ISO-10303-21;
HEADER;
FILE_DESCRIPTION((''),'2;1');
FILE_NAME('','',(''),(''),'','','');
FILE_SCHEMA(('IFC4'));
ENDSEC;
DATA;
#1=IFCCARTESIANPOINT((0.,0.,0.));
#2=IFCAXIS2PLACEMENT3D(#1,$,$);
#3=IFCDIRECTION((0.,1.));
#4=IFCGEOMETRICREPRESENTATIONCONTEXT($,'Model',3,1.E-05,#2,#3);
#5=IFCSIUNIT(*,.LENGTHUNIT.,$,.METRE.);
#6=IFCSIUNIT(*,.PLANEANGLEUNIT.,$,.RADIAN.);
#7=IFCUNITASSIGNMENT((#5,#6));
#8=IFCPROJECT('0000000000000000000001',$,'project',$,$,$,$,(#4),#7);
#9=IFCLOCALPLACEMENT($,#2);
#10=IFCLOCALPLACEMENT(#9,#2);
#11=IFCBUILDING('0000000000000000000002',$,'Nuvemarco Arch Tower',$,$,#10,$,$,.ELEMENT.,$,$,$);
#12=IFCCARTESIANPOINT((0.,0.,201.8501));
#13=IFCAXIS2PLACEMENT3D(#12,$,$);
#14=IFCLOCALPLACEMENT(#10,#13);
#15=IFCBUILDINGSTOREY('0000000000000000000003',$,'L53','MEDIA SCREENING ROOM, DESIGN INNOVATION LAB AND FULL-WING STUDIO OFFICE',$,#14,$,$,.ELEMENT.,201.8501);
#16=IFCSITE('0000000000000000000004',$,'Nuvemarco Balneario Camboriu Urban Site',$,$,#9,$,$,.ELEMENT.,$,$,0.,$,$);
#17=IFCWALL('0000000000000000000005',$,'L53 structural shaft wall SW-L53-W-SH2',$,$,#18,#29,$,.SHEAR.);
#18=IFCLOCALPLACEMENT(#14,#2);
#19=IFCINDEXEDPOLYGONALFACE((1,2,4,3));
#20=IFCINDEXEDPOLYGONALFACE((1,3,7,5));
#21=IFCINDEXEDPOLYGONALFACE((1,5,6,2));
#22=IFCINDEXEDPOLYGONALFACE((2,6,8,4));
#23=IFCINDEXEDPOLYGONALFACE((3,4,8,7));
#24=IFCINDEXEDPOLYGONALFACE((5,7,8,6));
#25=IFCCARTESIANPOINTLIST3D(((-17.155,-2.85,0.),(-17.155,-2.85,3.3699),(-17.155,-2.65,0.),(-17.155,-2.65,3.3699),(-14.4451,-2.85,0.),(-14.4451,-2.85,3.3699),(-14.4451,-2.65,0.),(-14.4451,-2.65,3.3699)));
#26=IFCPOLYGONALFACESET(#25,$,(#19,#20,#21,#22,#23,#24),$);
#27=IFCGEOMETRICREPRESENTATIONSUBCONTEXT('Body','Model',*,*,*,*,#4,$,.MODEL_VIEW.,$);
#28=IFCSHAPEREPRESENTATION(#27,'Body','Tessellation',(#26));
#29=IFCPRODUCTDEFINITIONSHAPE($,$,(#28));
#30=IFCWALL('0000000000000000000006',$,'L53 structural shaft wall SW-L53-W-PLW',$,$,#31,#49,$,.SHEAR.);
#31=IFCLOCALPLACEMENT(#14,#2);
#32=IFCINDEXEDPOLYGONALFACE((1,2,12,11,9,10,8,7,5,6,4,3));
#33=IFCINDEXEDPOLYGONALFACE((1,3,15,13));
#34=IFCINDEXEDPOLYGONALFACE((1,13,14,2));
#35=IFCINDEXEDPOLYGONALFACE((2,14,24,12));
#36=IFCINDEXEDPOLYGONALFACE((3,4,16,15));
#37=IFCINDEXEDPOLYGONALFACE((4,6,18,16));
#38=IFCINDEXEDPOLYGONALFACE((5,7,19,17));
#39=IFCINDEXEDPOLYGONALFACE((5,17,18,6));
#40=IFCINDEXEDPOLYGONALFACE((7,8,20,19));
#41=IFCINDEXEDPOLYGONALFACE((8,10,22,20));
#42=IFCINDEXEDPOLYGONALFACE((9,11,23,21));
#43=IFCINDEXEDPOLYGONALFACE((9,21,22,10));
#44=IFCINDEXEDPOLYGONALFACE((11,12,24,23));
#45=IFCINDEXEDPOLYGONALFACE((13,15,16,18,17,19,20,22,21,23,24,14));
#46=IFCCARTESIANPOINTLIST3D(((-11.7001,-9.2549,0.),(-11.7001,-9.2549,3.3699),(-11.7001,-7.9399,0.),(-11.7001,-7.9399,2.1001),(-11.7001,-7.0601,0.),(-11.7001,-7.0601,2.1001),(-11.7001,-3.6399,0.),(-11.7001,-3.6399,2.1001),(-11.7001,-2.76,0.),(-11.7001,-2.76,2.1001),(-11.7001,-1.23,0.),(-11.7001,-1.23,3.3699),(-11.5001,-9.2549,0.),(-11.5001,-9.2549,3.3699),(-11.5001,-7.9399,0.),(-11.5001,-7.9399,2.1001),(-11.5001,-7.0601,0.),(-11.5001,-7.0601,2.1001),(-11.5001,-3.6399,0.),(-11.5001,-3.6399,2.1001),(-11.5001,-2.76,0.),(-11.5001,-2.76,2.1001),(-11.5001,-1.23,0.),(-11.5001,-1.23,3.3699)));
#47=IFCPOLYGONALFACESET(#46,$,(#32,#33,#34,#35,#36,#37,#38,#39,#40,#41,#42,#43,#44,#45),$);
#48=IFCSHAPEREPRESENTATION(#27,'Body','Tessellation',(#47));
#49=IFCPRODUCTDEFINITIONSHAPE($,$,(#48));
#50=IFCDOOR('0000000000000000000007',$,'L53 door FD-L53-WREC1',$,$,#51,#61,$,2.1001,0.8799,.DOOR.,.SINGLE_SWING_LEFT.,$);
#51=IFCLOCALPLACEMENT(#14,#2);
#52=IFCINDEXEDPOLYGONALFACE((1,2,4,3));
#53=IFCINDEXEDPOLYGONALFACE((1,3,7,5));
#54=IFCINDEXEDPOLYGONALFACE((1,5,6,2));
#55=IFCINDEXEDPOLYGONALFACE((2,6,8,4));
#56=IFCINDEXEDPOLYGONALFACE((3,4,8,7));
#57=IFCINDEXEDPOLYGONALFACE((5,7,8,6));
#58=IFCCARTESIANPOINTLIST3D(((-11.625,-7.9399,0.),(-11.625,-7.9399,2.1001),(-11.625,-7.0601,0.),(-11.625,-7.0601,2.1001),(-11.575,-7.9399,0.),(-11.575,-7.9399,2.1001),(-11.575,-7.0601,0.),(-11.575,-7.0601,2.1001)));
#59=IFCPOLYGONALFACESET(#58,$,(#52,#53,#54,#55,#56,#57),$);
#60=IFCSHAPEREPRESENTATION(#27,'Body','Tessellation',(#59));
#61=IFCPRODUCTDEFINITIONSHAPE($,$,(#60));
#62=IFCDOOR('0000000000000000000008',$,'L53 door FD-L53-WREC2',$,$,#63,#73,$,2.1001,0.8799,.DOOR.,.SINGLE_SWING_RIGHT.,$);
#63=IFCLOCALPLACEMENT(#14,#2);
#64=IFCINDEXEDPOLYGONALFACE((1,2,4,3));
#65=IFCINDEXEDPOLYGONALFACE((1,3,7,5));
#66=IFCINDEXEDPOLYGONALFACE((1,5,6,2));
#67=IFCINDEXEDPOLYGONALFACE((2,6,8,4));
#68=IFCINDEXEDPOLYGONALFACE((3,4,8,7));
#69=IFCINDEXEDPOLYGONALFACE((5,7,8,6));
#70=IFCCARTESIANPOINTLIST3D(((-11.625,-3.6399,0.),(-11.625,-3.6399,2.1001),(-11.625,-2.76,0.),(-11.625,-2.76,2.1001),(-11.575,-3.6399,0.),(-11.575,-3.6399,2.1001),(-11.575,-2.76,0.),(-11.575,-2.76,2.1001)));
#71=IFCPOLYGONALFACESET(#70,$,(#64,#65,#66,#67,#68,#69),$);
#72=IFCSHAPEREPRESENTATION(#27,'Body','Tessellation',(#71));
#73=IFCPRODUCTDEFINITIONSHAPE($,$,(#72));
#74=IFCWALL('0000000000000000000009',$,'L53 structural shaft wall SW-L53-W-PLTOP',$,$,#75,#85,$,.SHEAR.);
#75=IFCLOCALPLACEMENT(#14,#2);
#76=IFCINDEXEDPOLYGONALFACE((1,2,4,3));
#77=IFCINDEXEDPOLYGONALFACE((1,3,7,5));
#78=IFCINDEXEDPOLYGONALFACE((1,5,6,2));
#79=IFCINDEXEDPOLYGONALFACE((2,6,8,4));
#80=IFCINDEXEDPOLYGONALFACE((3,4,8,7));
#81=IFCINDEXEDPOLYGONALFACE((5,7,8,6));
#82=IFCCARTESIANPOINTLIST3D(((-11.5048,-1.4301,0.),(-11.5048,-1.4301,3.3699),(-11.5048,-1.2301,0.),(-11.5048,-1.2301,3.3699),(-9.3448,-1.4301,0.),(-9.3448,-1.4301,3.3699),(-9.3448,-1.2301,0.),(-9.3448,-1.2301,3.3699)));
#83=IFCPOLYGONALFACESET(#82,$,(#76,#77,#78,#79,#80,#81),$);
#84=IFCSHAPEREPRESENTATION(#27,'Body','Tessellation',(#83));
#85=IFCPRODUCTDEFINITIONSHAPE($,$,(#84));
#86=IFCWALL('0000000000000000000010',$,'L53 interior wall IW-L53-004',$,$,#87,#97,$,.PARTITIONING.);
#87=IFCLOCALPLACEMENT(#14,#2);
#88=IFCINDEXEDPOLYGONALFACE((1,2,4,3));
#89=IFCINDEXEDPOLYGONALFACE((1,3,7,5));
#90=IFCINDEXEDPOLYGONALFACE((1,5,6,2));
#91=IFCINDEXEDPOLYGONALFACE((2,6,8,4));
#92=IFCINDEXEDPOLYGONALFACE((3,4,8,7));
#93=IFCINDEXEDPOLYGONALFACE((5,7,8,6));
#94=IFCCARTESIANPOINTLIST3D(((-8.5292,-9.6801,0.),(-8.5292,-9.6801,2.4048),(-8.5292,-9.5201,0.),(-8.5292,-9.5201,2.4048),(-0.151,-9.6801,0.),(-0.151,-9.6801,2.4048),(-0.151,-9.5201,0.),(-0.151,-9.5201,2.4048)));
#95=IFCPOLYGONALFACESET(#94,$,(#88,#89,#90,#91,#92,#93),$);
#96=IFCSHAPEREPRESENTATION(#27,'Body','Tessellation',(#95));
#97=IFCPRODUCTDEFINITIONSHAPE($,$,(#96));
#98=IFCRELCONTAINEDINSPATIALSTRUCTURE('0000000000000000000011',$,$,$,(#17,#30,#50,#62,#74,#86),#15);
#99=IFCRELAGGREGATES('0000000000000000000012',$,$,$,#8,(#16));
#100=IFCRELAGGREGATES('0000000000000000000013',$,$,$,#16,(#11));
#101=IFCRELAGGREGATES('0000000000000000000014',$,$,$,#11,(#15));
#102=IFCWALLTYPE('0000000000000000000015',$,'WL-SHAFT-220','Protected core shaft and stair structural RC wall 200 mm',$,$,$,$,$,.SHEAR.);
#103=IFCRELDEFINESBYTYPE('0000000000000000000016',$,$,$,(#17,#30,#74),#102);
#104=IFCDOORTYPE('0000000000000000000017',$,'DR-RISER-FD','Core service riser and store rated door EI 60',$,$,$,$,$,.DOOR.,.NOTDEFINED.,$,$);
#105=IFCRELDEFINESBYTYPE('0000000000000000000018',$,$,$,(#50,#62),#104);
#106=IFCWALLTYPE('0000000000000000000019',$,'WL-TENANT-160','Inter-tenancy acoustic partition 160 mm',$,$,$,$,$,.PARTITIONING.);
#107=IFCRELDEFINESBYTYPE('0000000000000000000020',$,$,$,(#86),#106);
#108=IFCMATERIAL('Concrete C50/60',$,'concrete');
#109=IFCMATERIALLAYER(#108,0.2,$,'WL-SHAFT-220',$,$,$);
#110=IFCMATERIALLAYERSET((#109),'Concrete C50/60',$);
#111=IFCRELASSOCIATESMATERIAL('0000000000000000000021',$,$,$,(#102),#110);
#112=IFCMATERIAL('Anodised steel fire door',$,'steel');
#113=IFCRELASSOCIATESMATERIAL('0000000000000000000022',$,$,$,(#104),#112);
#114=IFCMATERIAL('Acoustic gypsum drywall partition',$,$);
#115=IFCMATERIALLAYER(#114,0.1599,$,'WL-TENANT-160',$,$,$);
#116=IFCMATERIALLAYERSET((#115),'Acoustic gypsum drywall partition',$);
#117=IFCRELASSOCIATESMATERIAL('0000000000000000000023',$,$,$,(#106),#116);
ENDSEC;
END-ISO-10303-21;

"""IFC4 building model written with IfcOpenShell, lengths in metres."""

from ifc_helpers import new_model, si_unit, direction, frame, frame_2d, origin, place, context, subcontext, project, spatial, rectangle, extrude, source, transform, mapped, material, layer, layer_set, type_object, type_shapes, element, fill, save


model = new_model("IFC4")

# Units and contexts
model_context = context("Model", 3, precision=1e-05, world=origin(), true_north=direction((0.0, 1.0)))
body_context = subcontext(model_context, "Body", "Model", "MODEL_VIEW")
ifc_project = project(units=[si_unit("LENGTHUNIT", "METRE"), si_unit("PLANEANGLEUNIT", "RADIAN")], contexts=[model_context])

# Site, building, storey
site_placement = place(None, origin())
site = spatial("IfcSite", under=ifc_project, at=site_placement, Name="Nuvemarco Balneario Camboriu Urban Site", CompositionType="ELEMENT", RefElevation=0.0)
building_placement = place(site_placement, origin())
building = spatial("IfcBuilding", under=site, at=building_placement, Name="Nuvemarco Arch Tower", CompositionType="ELEMENT")
storey_placement = place(building_placement, frame((0.0, 0.0, 201.8501)))
storey = spatial("IfcBuildingStorey", under=building, at=storey_placement, Name="L53", Description="MEDIA SCREENING ROOM, DESIGN INNOVATION LAB AND FULL-WING STUDIO OFFICE", CompositionType="ELEMENT", Elevation=201.8501)

# Shared definitions
ifc_material_1 = material(Name="Concrete C50/60", Category="concrete")

# Shared definitions
ifc_material_2 = material(Name="Anodised steel fire door", Category="steel")

# Shared definitions
ifc_layer_1 = layer(ifc_material_1, 0.2, Name="WL-SHAFT-220")
ifc_layer_set_1 = layer_set([ifc_layer_1], Name="Concrete C50/60")
wall_type_1 = type_object("IfcWallType", Name="WL-SHAFT-220", Description="Protected core shaft and stair structural RC wall 200 mm", PredefinedType="SHEAR", material=ifc_layer_set_1)

# Shared definitions
door_type_1 = type_object("IfcDoorType", Name="DR-RISER-FD", Description="Core service riser and store rated door EI 60", OperationType="NOTDEFINED", PredefinedType="DOOR", material=ifc_material_2)
shared_shape_1 = source(origin(), body_context, "Body", "SweptSolid", [
    extrude(rectangle(XDim=0.8799, YDim=2.1001, at=frame_2d((0.4399, 1.05))), frame((0.0, 0.0249, 0.0), z_axis=(0.0, -1.0, 0.0), x_axis=(1.0, 0.0, 0.0)), (0.0, 0.0, 1.0), 0.05),
])
type_shapes(door_type_1, [shared_shape_1])

# Wall
wall_1_placement = place(storey_placement, frame((-17.155, -2.75, 0.0), z_axis=(0.0, 0.0, 1.0), x_axis=(1.0, 0.0, 0.0)))
element("IfcWall", 1, at=wall_1_placement, inside=storey, type_object=wall_type_1, Name="L53 structural shaft wall SW-L53-W-SH2", PredefinedType="SHEAR", context=body_context, shape_type="SweptSolid", body=[
    extrude(rectangle(XDim=2.71, YDim=0.2, at=frame_2d((1.355, 0.0))), origin(), (0.0, 0.0, 1.0), 3.3699),
])

# Wall, openings, doors
wall_2_placement = place(storey_placement, frame((-11.6001, -9.2549, 0.0), z_axis=(0.0, 0.0, 1.0), x_axis=(0.0, 1.0, 0.0)))
wall_2 = element("IfcWall", 2, at=wall_2_placement, inside=storey, type_object=wall_type_1, Name="L53 structural shaft wall SW-L53-W-PLW", PredefinedType="SHEAR", context=body_context, shape_type="SweptSolid", body=[
    extrude(rectangle(XDim=8.0249, YDim=0.2, at=frame_2d((4.0125, 0.0))), origin(), (0.0, 0.0, 1.0), 3.3699),
])
opening_1_placement = place(wall_2_placement, frame((1.3149, 0.0, 0.0)))
opening_1 = element("IfcOpeningElement", 3, at=opening_1_placement, cuts=wall_2, PredefinedType="OPENING", context=body_context, shape_type="SweptSolid", body=[
    extrude(rectangle(XDim=0.8799, YDim=2.1001, at=frame_2d((0.4399, 1.05))), frame((0.0, 0.1099, 0.0), z_axis=(0.0, -1.0, 0.0), x_axis=(1.0, 0.0, 0.0)), (0.0, 0.0, 1.0), 0.22),
])
opening_2_placement = place(wall_2_placement, frame((5.615, 0.0, 0.0)))
opening_2 = element("IfcOpeningElement", 4, at=opening_2_placement, cuts=wall_2, PredefinedType="OPENING", context=body_context, shape_type="SweptSolid", body=[
    extrude(rectangle(XDim=0.8799, YDim=2.1001, at=frame_2d((0.4399, 1.05))), frame((0.0, 0.1099, 0.0), z_axis=(0.0, -1.0, 0.0), x_axis=(1.0, 0.0, 0.0)), (0.0, 0.0, 1.0), 0.22),
])
door_1_placement = place(opening_1_placement, origin())
door_1 = element("IfcDoor", 5, at=door_1_placement, inside=storey, type_object=door_type_1, Name="L53 door FD-L53-WREC1", OperationType="SINGLE_SWING_LEFT", OverallHeight=2.1001, OverallWidth=0.8799, PredefinedType="DOOR", context=body_context, shape_type="MappedRepresentation", body=[
    mapped(shared_shape_1, transform((0.0, 0.0, 0.0), scale=1.0)),
])
fill(opening_1, door_1)
door_2_placement = place(opening_2_placement, origin())
door_2 = element("IfcDoor", 6, at=door_2_placement, inside=storey, type_object=door_type_1, Name="L53 door FD-L53-WREC2", OperationType="SINGLE_SWING_RIGHT", OverallHeight=2.1001, OverallWidth=0.8799, PredefinedType="DOOR", context=body_context, shape_type="MappedRepresentation", body=[
    mapped(shared_shape_1, transform((0.0, 0.0, 0.0), scale=1.0)),
])
fill(opening_2, door_2)

# Walls
wall_3_placement = place(storey_placement, frame((-11.5049, -1.3301, 0.0), z_axis=(0.0, 0.0, 1.0), x_axis=(1.0, 0.0, 0.0)))
element("IfcWall", 7, at=wall_3_placement, inside=storey, type_object=wall_type_1, Name="L53 structural shaft wall SW-L53-W-PLTOP", PredefinedType="SHEAR", context=body_context, shape_type="SweptSolid", body=[
    extrude(rectangle(XDim=2.1599, YDim=0.2, at=frame_2d((1.0801, 0.0))), origin(), (0.0, 0.0, 1.0), 3.3699),
])
ifc_material_3 = material(Name="Acoustic gypsum drywall partition")
ifc_layer_2 = layer(ifc_material_3, 0.1599, Name="WL-TENANT-160")
ifc_layer_set_2 = layer_set([ifc_layer_2], Name="Acoustic gypsum drywall partition")
wall_type_2 = type_object("IfcWallType", Name="WL-TENANT-160", Description="Inter-tenancy acoustic partition 160 mm", PredefinedType="PARTITIONING", material=ifc_layer_set_2)
wall_4_placement = place(storey_placement, frame((-8.5291, -9.6001, 0.0), z_axis=(0.0, 0.0, 1.0), x_axis=(1.0, 0.0, 0.0)))
element("IfcWall", 8, at=wall_4_placement, inside=storey, type_object=wall_type_2, Name="L53 interior wall IW-L53-004", PredefinedType="PARTITIONING", context=body_context, shape_type="SweptSolid", body=[
    extrude(rectangle(XDim=8.3782, YDim=0.1599, at=frame_2d((4.189, 0.0))), origin(), (0.0, 0.0, 1.0), 2.4048),
])

save(model, "model.ifc")
